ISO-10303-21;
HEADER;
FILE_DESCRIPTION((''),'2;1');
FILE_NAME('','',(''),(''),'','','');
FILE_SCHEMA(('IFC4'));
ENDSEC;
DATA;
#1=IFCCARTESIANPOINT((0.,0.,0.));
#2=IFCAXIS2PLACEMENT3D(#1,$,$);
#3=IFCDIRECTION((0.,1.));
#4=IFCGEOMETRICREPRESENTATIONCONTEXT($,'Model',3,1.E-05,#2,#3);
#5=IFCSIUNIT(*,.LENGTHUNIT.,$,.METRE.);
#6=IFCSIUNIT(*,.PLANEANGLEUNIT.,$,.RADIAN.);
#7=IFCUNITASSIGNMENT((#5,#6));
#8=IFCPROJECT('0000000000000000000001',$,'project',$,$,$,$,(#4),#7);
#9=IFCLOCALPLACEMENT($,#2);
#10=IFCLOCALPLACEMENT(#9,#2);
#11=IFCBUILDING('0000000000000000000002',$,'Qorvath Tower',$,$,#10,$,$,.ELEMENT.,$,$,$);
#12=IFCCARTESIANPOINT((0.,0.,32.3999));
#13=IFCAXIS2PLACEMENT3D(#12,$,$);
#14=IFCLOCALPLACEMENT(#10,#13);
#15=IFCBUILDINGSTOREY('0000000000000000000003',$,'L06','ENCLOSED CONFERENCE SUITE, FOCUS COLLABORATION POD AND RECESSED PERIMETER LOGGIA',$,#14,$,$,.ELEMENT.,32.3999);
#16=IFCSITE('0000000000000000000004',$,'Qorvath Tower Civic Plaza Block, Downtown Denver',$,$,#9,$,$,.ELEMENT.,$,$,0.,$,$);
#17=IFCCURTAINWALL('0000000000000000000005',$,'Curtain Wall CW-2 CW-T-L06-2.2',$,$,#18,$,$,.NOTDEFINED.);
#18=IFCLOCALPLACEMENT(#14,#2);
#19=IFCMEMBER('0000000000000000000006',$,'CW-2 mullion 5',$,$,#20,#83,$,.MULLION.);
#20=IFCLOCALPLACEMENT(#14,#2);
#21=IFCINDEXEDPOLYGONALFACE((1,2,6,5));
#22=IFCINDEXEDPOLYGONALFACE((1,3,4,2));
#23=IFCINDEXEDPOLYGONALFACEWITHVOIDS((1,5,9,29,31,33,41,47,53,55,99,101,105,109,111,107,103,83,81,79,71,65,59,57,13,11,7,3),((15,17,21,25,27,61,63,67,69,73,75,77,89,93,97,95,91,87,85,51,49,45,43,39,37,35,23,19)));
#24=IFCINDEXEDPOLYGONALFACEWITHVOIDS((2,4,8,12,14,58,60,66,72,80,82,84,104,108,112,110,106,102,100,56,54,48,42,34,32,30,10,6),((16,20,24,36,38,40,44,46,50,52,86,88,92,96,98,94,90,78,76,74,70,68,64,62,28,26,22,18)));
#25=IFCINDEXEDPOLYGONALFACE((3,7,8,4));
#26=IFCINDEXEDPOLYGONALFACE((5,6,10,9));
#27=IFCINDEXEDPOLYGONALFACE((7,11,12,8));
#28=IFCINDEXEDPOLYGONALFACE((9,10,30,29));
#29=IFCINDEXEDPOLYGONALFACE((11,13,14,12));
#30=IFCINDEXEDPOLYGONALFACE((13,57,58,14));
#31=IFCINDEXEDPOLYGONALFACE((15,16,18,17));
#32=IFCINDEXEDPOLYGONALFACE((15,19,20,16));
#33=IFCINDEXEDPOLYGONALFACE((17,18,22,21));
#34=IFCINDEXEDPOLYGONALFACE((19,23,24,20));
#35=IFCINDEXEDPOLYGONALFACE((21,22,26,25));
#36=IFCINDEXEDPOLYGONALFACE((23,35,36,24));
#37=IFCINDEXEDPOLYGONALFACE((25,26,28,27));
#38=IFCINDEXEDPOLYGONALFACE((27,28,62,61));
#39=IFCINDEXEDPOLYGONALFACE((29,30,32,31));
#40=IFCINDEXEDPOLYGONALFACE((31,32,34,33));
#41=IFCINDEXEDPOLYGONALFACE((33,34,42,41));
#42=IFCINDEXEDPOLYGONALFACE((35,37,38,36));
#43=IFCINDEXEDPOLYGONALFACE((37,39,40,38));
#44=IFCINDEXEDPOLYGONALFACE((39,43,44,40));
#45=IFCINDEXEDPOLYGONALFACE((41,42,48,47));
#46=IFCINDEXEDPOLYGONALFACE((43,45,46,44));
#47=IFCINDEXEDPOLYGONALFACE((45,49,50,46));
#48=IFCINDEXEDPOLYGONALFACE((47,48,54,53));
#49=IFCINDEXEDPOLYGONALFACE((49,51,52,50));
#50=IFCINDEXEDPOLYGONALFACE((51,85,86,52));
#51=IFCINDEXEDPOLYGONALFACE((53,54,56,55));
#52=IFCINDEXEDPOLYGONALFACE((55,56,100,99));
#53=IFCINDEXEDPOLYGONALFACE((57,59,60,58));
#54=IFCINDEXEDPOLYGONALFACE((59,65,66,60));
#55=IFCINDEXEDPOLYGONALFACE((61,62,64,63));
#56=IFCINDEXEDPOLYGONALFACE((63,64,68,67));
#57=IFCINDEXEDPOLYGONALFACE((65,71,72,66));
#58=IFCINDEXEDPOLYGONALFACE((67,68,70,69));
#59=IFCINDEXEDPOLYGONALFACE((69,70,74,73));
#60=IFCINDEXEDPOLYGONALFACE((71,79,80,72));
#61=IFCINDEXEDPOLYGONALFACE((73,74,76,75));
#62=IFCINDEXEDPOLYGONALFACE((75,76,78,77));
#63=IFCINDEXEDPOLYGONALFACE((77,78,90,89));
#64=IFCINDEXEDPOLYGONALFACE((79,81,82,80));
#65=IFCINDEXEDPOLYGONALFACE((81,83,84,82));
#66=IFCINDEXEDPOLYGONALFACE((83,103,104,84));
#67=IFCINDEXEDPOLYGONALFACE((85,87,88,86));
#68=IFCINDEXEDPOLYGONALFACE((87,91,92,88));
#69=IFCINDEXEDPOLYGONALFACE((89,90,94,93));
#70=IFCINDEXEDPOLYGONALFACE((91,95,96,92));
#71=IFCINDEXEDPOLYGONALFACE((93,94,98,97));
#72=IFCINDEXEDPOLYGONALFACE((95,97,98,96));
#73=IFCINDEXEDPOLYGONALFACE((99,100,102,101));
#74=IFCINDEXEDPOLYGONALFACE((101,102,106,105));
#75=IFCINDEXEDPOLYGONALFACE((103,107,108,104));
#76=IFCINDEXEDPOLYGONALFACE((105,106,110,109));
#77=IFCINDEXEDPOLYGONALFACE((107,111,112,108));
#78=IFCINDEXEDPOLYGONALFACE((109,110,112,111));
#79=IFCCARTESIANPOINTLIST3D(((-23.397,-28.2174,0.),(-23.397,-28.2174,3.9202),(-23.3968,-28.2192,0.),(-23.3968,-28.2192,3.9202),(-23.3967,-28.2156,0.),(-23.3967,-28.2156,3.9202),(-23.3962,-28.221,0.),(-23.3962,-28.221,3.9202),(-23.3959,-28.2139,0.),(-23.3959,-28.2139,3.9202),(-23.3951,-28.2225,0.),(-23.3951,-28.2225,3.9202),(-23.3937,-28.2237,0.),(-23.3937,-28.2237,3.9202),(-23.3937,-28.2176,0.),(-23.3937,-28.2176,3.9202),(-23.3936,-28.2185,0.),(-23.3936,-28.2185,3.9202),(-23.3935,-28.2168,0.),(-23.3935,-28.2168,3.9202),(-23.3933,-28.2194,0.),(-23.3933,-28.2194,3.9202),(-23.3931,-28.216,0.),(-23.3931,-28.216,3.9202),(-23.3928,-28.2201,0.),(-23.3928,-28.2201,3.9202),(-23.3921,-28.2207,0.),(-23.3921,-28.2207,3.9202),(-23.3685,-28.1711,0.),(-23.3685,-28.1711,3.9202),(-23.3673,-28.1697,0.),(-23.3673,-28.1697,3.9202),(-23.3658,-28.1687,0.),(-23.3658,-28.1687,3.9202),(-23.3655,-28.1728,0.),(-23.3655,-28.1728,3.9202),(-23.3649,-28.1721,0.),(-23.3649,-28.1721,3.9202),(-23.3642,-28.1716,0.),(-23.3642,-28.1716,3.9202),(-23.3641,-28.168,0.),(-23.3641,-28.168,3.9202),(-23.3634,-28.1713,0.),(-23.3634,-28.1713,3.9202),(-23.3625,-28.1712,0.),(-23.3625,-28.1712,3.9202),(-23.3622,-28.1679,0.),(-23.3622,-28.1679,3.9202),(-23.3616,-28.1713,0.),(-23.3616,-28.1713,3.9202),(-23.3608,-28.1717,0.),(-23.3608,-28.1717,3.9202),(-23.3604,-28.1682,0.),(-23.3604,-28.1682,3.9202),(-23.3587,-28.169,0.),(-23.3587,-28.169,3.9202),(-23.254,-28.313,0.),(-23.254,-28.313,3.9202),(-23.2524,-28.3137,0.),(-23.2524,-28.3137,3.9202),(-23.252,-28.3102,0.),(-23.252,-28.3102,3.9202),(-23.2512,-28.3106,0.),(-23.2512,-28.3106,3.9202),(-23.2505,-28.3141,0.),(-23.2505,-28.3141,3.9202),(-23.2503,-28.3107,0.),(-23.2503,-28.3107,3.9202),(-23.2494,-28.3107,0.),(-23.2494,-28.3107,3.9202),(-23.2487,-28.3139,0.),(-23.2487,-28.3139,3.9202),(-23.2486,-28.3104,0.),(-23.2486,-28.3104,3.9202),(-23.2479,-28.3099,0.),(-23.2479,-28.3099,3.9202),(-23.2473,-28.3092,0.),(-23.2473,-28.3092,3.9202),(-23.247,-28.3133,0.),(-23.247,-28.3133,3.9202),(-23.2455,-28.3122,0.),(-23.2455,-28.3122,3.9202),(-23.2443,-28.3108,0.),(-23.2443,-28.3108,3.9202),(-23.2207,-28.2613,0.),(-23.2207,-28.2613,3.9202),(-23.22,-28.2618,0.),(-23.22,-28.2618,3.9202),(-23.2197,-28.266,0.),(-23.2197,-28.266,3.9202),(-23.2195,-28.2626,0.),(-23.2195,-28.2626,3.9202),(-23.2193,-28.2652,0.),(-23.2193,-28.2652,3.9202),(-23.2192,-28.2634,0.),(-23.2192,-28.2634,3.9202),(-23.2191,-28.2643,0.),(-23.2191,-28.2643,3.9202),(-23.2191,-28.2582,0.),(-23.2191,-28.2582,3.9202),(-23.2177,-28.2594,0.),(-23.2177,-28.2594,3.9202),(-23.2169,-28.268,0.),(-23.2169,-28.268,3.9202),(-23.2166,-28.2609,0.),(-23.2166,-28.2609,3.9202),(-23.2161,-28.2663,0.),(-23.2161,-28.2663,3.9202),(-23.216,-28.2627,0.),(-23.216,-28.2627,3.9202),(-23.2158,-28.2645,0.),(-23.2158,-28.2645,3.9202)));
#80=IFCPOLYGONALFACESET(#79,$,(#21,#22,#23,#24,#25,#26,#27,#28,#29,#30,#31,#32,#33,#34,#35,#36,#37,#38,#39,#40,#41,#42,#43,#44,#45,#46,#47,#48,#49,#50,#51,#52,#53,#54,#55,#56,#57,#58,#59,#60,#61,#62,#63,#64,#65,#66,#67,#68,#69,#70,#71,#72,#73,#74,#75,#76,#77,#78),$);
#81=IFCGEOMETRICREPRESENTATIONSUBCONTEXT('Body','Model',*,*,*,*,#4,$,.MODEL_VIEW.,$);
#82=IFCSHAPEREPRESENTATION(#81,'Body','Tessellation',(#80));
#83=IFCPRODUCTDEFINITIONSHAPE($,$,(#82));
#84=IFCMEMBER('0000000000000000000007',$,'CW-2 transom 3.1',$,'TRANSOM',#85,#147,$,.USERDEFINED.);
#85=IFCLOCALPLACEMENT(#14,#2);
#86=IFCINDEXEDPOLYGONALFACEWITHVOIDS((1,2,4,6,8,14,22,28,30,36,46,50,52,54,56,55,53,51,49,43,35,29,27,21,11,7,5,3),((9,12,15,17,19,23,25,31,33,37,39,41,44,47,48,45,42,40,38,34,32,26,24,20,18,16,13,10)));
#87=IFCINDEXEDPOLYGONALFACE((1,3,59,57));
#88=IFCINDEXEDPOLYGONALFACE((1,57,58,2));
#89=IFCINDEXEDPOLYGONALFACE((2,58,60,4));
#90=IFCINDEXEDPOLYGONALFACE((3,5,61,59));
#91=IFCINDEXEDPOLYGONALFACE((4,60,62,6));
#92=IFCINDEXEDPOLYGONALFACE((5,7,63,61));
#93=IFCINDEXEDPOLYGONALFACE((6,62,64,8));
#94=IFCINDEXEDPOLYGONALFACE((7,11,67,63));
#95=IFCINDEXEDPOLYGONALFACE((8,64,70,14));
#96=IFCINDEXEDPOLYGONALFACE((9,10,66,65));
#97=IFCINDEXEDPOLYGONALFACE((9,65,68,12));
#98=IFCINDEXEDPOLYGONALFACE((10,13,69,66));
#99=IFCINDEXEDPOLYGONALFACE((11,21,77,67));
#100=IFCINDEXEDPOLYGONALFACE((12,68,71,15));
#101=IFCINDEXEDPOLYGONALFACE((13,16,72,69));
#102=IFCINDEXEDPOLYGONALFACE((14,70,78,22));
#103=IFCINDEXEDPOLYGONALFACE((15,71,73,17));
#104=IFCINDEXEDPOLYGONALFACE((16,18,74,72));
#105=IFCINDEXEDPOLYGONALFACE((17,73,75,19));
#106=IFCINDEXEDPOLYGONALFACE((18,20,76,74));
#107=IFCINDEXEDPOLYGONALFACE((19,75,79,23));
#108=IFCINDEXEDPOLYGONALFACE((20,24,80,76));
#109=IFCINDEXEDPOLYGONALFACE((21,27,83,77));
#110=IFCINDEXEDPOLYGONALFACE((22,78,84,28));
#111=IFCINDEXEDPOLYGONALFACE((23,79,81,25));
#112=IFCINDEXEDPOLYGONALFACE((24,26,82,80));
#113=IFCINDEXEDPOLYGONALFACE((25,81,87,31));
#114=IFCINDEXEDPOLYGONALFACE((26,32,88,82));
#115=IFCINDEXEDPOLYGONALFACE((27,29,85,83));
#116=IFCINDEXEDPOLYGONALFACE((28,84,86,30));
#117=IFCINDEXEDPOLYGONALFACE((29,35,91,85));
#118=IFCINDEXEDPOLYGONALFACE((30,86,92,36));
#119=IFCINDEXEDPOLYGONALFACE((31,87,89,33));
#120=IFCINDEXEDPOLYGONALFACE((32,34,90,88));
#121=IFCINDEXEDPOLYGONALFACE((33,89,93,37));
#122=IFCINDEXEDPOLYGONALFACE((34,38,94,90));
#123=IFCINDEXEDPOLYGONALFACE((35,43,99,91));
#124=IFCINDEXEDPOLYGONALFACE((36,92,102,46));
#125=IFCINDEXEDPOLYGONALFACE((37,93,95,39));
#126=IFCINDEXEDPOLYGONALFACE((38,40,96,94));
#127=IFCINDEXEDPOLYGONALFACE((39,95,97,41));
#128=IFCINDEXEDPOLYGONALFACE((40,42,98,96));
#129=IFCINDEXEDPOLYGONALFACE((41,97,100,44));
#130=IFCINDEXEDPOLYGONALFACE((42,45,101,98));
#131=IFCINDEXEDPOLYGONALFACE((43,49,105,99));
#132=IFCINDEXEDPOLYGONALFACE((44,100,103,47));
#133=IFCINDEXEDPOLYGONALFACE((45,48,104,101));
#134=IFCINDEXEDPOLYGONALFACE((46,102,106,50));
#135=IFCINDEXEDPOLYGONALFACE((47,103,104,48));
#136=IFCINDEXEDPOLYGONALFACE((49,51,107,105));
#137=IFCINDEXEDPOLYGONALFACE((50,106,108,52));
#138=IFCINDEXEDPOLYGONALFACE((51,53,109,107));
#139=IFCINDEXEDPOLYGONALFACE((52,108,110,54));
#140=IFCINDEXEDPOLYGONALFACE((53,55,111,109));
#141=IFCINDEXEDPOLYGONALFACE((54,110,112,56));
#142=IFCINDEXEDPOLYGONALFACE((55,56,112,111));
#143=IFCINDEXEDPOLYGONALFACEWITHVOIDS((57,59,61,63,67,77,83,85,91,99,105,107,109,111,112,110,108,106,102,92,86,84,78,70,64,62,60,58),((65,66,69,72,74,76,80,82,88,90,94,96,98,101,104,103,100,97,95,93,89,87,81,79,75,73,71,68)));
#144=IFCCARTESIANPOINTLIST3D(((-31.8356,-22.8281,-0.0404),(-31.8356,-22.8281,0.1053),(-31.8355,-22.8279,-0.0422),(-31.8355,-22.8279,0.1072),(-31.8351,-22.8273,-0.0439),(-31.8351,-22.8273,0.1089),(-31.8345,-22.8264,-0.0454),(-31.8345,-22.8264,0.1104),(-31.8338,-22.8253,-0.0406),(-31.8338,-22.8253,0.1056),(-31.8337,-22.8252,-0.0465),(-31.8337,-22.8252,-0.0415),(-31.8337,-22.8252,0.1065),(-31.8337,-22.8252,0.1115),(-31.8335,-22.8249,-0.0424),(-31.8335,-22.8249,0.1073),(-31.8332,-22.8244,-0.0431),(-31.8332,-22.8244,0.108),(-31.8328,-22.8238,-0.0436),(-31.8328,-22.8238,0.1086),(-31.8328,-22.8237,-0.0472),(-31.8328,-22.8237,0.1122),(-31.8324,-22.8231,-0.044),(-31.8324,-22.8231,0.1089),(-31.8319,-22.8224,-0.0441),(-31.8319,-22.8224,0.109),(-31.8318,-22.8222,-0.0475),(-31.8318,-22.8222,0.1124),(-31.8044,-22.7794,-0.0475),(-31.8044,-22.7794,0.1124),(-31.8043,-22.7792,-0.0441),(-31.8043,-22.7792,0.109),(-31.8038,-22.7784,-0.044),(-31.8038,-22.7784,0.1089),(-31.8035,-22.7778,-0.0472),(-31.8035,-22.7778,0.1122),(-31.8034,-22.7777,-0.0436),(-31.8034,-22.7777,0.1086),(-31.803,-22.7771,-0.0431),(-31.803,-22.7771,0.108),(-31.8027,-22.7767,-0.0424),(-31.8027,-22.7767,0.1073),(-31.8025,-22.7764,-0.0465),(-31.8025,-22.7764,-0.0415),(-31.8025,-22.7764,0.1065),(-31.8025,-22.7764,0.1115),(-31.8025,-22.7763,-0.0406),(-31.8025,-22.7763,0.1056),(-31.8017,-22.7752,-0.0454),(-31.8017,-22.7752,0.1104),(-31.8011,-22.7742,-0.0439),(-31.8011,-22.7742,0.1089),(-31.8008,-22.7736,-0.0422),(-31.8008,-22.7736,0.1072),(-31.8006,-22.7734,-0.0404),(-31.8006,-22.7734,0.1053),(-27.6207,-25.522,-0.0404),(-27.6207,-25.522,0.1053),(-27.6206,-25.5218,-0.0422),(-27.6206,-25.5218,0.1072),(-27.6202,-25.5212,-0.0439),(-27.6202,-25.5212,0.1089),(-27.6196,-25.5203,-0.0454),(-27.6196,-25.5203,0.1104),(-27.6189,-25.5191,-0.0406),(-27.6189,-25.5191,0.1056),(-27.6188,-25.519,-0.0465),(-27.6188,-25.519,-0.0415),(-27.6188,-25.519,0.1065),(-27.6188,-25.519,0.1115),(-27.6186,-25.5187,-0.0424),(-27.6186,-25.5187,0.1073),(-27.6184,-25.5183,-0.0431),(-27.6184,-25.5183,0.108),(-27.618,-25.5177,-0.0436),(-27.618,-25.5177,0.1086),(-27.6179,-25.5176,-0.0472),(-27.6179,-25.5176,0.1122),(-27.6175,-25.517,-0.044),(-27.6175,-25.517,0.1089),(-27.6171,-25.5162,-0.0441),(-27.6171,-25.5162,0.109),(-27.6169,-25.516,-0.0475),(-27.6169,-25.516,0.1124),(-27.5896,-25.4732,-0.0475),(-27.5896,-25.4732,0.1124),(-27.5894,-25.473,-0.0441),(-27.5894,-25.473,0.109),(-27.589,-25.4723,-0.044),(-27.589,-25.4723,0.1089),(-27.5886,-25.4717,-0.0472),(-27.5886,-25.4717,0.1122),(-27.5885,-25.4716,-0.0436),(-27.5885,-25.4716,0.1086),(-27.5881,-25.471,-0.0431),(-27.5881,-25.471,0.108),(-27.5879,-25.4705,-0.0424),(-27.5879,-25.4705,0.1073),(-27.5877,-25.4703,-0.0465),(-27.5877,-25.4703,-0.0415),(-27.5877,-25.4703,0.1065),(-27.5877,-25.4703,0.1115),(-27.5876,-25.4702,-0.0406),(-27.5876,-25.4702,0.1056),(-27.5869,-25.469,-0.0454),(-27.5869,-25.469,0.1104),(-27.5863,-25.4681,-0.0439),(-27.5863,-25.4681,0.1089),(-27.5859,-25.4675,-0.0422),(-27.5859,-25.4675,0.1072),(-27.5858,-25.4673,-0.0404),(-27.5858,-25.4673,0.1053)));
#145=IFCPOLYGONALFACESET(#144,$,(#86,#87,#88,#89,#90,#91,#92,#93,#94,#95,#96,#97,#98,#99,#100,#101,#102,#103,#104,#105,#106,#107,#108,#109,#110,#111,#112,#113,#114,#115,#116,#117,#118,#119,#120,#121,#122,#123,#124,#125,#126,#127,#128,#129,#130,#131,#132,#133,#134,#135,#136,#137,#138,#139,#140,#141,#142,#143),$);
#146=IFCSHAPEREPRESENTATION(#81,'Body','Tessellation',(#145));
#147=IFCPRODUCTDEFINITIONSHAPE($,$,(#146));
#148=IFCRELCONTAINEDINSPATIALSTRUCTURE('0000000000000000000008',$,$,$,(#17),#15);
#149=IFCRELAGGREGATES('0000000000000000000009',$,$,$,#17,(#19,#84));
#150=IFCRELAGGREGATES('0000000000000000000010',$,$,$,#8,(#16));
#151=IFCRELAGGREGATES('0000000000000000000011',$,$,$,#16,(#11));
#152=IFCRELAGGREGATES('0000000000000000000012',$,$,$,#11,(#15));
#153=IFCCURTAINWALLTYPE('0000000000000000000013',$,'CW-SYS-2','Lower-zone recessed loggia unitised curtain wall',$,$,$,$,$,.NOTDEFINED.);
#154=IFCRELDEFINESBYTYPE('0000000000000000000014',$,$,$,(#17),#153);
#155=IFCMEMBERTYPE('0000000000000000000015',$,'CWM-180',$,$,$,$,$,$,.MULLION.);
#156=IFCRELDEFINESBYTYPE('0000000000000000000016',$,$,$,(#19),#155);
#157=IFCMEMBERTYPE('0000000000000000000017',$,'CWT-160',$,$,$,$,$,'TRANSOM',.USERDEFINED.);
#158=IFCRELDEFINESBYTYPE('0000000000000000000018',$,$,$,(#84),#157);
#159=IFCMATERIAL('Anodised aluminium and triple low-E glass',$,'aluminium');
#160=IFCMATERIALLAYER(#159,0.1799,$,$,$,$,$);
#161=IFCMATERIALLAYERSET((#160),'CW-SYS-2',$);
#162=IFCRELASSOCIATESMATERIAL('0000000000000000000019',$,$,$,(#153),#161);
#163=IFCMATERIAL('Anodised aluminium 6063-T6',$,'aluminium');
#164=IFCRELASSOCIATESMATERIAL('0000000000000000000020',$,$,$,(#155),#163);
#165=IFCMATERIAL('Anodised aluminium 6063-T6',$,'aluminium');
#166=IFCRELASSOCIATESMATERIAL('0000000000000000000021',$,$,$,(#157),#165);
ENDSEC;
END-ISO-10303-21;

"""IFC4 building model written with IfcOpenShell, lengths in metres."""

from ifc_helpers import new_model, si_unit, direction, frame, origin, origin_2d, place, context, subcontext, project, spatial, hollow_rectangle, extrude, material, layer, layer_set, material_profile, profile_set, type_object, element, aggregate, save


model = new_model("IFC4")

# Units and contexts
model_context = context("Model", 3, precision=1e-05, world=origin(), true_north=direction((0.0, 1.0)))
body_context = subcontext(model_context, "Body", "Model", "MODEL_VIEW")
ifc_project = project(units=[si_unit("LENGTHUNIT", "METRE"), si_unit("PLANEANGLEUNIT", "RADIAN")], contexts=[model_context])

# Site, building, storey
site_placement = place(None, origin())
site = spatial("IfcSite", under=ifc_project, at=site_placement, Name="Qorvath Tower Civic Plaza Block, Downtown Denver", CompositionType="ELEMENT", RefElevation=0.0)
building_placement = place(site_placement, origin())
building = spatial("IfcBuilding", under=site, at=building_placement, Name="Qorvath Tower", CompositionType="ELEMENT")
storey_placement = place(building_placement, frame((0.0, 0.0, 32.3999)))
storey = spatial("IfcBuildingStorey", under=building, at=storey_placement, Name="L06", Description="ENCLOSED CONFERENCE SUITE, FOCUS COLLABORATION POD AND RECESSED PERIMETER LOGGIA", CompositionType="ELEMENT", Elevation=32.3999)

# Curtain wall, members
ifc_material_1 = material(Name="Anodised aluminium and triple low-E glass", Category="aluminium")
ifc_layer_1 = layer(ifc_material_1, 0.1799)
ifc_layer_set_1 = layer_set([ifc_layer_1], Name="CW-SYS-2")
curtain_wall_type = type_object("IfcCurtainWallType", Name="CW-SYS-2", Description="Lower-zone recessed loggia unitised curtain wall", PredefinedType="NOTDEFINED", material=ifc_layer_set_1)
curtain_wall_placement = place(storey_placement, origin())
curtain_wall = element("IfcCurtainWall", 1, at=curtain_wall_placement, inside=storey, type_object=curtain_wall_type, Name="Curtain Wall CW-2 CW-T-L06-2.2", PredefinedType="NOTDEFINED")
ifc_material_2 = material(Name="Anodised aluminium 6063-T6", Category="aluminium")
ifc_material_profile_1 = material_profile(ifc_material_2, hollow_rectangle(XDim=0.0649, YDim=0.1799, WallThickness=0.0034, InnerFilletRadius=0.0034, OuterFilletRadius=0.0071, at=origin_2d()), Name="CWM 180x65")
ifc_profile_set_1 = profile_set([ifc_material_profile_1], Name="Anodised aluminium 6063-T6")
member_type_1 = type_object("IfcMemberType", Name="CWM-180", PredefinedType="MULLION", material=ifc_profile_set_1)
member_1_placement = place(storey_placement, frame((-23.3064, -28.241, 0.0), z_axis=(0.0, 0.0, 1.0), x_axis=(0.538533, 0.842605, 0.0)))
member_1 = element("IfcMember", 2, at=member_1_placement, type_object=member_type_1, Name="CW-2 mullion 5", PredefinedType="MULLION", context=body_context, shape_type="SweptSolid", body=[
    extrude(hollow_rectangle(XDim=0.0649, YDim=0.1799, WallThickness=0.0034, InnerFilletRadius=0.0034, OuterFilletRadius=0.0071, at=origin_2d()), origin(), (0.0, 0.0, 1.0), 3.9202),
])
ifc_material_3 = material(Name="Anodised aluminium 6063-T6", Category="aluminium")
ifc_material_profile_2 = material_profile(ifc_material_3, hollow_rectangle(XDim=0.0649, YDim=0.1599, WallThickness=0.0034, InnerFilletRadius=0.0034, OuterFilletRadius=0.0071, at=origin_2d()), Name="CWT 160x65")
ifc_profile_set_2 = profile_set([ifc_material_profile_2], Name="Anodised aluminium 6063-T6")
member_type_2 = type_object("IfcMemberType", Name="CWT-160", ElementType="TRANSOM", PredefinedType="USERDEFINED", material=ifc_profile_set_2)
member_2_placement = place(storey_placement, frame((-31.8181, -22.8008, 0.0325), z_axis=(0.842603, -0.538536, 0.0), x_axis=(0.538536, 0.842603, 0.0)))
member_2 = element("IfcMember", 3, at=member_2_placement, type_object=member_type_2, Name="CW-2 transom 3.1", ObjectType="TRANSOM", PredefinedType="USERDEFINED", context=body_context, shape_type="SweptSolid", body=[
    extrude(hollow_rectangle(XDim=0.0649, YDim=0.1599, WallThickness=0.0034, InnerFilletRadius=0.0034, OuterFilletRadius=0.0071, at=origin_2d()), origin(), (0.0, 0.0, 1.0), 5.0022),
])
aggregate(curtain_wall, [member_1, member_2])

save(model, "model.ifc")
